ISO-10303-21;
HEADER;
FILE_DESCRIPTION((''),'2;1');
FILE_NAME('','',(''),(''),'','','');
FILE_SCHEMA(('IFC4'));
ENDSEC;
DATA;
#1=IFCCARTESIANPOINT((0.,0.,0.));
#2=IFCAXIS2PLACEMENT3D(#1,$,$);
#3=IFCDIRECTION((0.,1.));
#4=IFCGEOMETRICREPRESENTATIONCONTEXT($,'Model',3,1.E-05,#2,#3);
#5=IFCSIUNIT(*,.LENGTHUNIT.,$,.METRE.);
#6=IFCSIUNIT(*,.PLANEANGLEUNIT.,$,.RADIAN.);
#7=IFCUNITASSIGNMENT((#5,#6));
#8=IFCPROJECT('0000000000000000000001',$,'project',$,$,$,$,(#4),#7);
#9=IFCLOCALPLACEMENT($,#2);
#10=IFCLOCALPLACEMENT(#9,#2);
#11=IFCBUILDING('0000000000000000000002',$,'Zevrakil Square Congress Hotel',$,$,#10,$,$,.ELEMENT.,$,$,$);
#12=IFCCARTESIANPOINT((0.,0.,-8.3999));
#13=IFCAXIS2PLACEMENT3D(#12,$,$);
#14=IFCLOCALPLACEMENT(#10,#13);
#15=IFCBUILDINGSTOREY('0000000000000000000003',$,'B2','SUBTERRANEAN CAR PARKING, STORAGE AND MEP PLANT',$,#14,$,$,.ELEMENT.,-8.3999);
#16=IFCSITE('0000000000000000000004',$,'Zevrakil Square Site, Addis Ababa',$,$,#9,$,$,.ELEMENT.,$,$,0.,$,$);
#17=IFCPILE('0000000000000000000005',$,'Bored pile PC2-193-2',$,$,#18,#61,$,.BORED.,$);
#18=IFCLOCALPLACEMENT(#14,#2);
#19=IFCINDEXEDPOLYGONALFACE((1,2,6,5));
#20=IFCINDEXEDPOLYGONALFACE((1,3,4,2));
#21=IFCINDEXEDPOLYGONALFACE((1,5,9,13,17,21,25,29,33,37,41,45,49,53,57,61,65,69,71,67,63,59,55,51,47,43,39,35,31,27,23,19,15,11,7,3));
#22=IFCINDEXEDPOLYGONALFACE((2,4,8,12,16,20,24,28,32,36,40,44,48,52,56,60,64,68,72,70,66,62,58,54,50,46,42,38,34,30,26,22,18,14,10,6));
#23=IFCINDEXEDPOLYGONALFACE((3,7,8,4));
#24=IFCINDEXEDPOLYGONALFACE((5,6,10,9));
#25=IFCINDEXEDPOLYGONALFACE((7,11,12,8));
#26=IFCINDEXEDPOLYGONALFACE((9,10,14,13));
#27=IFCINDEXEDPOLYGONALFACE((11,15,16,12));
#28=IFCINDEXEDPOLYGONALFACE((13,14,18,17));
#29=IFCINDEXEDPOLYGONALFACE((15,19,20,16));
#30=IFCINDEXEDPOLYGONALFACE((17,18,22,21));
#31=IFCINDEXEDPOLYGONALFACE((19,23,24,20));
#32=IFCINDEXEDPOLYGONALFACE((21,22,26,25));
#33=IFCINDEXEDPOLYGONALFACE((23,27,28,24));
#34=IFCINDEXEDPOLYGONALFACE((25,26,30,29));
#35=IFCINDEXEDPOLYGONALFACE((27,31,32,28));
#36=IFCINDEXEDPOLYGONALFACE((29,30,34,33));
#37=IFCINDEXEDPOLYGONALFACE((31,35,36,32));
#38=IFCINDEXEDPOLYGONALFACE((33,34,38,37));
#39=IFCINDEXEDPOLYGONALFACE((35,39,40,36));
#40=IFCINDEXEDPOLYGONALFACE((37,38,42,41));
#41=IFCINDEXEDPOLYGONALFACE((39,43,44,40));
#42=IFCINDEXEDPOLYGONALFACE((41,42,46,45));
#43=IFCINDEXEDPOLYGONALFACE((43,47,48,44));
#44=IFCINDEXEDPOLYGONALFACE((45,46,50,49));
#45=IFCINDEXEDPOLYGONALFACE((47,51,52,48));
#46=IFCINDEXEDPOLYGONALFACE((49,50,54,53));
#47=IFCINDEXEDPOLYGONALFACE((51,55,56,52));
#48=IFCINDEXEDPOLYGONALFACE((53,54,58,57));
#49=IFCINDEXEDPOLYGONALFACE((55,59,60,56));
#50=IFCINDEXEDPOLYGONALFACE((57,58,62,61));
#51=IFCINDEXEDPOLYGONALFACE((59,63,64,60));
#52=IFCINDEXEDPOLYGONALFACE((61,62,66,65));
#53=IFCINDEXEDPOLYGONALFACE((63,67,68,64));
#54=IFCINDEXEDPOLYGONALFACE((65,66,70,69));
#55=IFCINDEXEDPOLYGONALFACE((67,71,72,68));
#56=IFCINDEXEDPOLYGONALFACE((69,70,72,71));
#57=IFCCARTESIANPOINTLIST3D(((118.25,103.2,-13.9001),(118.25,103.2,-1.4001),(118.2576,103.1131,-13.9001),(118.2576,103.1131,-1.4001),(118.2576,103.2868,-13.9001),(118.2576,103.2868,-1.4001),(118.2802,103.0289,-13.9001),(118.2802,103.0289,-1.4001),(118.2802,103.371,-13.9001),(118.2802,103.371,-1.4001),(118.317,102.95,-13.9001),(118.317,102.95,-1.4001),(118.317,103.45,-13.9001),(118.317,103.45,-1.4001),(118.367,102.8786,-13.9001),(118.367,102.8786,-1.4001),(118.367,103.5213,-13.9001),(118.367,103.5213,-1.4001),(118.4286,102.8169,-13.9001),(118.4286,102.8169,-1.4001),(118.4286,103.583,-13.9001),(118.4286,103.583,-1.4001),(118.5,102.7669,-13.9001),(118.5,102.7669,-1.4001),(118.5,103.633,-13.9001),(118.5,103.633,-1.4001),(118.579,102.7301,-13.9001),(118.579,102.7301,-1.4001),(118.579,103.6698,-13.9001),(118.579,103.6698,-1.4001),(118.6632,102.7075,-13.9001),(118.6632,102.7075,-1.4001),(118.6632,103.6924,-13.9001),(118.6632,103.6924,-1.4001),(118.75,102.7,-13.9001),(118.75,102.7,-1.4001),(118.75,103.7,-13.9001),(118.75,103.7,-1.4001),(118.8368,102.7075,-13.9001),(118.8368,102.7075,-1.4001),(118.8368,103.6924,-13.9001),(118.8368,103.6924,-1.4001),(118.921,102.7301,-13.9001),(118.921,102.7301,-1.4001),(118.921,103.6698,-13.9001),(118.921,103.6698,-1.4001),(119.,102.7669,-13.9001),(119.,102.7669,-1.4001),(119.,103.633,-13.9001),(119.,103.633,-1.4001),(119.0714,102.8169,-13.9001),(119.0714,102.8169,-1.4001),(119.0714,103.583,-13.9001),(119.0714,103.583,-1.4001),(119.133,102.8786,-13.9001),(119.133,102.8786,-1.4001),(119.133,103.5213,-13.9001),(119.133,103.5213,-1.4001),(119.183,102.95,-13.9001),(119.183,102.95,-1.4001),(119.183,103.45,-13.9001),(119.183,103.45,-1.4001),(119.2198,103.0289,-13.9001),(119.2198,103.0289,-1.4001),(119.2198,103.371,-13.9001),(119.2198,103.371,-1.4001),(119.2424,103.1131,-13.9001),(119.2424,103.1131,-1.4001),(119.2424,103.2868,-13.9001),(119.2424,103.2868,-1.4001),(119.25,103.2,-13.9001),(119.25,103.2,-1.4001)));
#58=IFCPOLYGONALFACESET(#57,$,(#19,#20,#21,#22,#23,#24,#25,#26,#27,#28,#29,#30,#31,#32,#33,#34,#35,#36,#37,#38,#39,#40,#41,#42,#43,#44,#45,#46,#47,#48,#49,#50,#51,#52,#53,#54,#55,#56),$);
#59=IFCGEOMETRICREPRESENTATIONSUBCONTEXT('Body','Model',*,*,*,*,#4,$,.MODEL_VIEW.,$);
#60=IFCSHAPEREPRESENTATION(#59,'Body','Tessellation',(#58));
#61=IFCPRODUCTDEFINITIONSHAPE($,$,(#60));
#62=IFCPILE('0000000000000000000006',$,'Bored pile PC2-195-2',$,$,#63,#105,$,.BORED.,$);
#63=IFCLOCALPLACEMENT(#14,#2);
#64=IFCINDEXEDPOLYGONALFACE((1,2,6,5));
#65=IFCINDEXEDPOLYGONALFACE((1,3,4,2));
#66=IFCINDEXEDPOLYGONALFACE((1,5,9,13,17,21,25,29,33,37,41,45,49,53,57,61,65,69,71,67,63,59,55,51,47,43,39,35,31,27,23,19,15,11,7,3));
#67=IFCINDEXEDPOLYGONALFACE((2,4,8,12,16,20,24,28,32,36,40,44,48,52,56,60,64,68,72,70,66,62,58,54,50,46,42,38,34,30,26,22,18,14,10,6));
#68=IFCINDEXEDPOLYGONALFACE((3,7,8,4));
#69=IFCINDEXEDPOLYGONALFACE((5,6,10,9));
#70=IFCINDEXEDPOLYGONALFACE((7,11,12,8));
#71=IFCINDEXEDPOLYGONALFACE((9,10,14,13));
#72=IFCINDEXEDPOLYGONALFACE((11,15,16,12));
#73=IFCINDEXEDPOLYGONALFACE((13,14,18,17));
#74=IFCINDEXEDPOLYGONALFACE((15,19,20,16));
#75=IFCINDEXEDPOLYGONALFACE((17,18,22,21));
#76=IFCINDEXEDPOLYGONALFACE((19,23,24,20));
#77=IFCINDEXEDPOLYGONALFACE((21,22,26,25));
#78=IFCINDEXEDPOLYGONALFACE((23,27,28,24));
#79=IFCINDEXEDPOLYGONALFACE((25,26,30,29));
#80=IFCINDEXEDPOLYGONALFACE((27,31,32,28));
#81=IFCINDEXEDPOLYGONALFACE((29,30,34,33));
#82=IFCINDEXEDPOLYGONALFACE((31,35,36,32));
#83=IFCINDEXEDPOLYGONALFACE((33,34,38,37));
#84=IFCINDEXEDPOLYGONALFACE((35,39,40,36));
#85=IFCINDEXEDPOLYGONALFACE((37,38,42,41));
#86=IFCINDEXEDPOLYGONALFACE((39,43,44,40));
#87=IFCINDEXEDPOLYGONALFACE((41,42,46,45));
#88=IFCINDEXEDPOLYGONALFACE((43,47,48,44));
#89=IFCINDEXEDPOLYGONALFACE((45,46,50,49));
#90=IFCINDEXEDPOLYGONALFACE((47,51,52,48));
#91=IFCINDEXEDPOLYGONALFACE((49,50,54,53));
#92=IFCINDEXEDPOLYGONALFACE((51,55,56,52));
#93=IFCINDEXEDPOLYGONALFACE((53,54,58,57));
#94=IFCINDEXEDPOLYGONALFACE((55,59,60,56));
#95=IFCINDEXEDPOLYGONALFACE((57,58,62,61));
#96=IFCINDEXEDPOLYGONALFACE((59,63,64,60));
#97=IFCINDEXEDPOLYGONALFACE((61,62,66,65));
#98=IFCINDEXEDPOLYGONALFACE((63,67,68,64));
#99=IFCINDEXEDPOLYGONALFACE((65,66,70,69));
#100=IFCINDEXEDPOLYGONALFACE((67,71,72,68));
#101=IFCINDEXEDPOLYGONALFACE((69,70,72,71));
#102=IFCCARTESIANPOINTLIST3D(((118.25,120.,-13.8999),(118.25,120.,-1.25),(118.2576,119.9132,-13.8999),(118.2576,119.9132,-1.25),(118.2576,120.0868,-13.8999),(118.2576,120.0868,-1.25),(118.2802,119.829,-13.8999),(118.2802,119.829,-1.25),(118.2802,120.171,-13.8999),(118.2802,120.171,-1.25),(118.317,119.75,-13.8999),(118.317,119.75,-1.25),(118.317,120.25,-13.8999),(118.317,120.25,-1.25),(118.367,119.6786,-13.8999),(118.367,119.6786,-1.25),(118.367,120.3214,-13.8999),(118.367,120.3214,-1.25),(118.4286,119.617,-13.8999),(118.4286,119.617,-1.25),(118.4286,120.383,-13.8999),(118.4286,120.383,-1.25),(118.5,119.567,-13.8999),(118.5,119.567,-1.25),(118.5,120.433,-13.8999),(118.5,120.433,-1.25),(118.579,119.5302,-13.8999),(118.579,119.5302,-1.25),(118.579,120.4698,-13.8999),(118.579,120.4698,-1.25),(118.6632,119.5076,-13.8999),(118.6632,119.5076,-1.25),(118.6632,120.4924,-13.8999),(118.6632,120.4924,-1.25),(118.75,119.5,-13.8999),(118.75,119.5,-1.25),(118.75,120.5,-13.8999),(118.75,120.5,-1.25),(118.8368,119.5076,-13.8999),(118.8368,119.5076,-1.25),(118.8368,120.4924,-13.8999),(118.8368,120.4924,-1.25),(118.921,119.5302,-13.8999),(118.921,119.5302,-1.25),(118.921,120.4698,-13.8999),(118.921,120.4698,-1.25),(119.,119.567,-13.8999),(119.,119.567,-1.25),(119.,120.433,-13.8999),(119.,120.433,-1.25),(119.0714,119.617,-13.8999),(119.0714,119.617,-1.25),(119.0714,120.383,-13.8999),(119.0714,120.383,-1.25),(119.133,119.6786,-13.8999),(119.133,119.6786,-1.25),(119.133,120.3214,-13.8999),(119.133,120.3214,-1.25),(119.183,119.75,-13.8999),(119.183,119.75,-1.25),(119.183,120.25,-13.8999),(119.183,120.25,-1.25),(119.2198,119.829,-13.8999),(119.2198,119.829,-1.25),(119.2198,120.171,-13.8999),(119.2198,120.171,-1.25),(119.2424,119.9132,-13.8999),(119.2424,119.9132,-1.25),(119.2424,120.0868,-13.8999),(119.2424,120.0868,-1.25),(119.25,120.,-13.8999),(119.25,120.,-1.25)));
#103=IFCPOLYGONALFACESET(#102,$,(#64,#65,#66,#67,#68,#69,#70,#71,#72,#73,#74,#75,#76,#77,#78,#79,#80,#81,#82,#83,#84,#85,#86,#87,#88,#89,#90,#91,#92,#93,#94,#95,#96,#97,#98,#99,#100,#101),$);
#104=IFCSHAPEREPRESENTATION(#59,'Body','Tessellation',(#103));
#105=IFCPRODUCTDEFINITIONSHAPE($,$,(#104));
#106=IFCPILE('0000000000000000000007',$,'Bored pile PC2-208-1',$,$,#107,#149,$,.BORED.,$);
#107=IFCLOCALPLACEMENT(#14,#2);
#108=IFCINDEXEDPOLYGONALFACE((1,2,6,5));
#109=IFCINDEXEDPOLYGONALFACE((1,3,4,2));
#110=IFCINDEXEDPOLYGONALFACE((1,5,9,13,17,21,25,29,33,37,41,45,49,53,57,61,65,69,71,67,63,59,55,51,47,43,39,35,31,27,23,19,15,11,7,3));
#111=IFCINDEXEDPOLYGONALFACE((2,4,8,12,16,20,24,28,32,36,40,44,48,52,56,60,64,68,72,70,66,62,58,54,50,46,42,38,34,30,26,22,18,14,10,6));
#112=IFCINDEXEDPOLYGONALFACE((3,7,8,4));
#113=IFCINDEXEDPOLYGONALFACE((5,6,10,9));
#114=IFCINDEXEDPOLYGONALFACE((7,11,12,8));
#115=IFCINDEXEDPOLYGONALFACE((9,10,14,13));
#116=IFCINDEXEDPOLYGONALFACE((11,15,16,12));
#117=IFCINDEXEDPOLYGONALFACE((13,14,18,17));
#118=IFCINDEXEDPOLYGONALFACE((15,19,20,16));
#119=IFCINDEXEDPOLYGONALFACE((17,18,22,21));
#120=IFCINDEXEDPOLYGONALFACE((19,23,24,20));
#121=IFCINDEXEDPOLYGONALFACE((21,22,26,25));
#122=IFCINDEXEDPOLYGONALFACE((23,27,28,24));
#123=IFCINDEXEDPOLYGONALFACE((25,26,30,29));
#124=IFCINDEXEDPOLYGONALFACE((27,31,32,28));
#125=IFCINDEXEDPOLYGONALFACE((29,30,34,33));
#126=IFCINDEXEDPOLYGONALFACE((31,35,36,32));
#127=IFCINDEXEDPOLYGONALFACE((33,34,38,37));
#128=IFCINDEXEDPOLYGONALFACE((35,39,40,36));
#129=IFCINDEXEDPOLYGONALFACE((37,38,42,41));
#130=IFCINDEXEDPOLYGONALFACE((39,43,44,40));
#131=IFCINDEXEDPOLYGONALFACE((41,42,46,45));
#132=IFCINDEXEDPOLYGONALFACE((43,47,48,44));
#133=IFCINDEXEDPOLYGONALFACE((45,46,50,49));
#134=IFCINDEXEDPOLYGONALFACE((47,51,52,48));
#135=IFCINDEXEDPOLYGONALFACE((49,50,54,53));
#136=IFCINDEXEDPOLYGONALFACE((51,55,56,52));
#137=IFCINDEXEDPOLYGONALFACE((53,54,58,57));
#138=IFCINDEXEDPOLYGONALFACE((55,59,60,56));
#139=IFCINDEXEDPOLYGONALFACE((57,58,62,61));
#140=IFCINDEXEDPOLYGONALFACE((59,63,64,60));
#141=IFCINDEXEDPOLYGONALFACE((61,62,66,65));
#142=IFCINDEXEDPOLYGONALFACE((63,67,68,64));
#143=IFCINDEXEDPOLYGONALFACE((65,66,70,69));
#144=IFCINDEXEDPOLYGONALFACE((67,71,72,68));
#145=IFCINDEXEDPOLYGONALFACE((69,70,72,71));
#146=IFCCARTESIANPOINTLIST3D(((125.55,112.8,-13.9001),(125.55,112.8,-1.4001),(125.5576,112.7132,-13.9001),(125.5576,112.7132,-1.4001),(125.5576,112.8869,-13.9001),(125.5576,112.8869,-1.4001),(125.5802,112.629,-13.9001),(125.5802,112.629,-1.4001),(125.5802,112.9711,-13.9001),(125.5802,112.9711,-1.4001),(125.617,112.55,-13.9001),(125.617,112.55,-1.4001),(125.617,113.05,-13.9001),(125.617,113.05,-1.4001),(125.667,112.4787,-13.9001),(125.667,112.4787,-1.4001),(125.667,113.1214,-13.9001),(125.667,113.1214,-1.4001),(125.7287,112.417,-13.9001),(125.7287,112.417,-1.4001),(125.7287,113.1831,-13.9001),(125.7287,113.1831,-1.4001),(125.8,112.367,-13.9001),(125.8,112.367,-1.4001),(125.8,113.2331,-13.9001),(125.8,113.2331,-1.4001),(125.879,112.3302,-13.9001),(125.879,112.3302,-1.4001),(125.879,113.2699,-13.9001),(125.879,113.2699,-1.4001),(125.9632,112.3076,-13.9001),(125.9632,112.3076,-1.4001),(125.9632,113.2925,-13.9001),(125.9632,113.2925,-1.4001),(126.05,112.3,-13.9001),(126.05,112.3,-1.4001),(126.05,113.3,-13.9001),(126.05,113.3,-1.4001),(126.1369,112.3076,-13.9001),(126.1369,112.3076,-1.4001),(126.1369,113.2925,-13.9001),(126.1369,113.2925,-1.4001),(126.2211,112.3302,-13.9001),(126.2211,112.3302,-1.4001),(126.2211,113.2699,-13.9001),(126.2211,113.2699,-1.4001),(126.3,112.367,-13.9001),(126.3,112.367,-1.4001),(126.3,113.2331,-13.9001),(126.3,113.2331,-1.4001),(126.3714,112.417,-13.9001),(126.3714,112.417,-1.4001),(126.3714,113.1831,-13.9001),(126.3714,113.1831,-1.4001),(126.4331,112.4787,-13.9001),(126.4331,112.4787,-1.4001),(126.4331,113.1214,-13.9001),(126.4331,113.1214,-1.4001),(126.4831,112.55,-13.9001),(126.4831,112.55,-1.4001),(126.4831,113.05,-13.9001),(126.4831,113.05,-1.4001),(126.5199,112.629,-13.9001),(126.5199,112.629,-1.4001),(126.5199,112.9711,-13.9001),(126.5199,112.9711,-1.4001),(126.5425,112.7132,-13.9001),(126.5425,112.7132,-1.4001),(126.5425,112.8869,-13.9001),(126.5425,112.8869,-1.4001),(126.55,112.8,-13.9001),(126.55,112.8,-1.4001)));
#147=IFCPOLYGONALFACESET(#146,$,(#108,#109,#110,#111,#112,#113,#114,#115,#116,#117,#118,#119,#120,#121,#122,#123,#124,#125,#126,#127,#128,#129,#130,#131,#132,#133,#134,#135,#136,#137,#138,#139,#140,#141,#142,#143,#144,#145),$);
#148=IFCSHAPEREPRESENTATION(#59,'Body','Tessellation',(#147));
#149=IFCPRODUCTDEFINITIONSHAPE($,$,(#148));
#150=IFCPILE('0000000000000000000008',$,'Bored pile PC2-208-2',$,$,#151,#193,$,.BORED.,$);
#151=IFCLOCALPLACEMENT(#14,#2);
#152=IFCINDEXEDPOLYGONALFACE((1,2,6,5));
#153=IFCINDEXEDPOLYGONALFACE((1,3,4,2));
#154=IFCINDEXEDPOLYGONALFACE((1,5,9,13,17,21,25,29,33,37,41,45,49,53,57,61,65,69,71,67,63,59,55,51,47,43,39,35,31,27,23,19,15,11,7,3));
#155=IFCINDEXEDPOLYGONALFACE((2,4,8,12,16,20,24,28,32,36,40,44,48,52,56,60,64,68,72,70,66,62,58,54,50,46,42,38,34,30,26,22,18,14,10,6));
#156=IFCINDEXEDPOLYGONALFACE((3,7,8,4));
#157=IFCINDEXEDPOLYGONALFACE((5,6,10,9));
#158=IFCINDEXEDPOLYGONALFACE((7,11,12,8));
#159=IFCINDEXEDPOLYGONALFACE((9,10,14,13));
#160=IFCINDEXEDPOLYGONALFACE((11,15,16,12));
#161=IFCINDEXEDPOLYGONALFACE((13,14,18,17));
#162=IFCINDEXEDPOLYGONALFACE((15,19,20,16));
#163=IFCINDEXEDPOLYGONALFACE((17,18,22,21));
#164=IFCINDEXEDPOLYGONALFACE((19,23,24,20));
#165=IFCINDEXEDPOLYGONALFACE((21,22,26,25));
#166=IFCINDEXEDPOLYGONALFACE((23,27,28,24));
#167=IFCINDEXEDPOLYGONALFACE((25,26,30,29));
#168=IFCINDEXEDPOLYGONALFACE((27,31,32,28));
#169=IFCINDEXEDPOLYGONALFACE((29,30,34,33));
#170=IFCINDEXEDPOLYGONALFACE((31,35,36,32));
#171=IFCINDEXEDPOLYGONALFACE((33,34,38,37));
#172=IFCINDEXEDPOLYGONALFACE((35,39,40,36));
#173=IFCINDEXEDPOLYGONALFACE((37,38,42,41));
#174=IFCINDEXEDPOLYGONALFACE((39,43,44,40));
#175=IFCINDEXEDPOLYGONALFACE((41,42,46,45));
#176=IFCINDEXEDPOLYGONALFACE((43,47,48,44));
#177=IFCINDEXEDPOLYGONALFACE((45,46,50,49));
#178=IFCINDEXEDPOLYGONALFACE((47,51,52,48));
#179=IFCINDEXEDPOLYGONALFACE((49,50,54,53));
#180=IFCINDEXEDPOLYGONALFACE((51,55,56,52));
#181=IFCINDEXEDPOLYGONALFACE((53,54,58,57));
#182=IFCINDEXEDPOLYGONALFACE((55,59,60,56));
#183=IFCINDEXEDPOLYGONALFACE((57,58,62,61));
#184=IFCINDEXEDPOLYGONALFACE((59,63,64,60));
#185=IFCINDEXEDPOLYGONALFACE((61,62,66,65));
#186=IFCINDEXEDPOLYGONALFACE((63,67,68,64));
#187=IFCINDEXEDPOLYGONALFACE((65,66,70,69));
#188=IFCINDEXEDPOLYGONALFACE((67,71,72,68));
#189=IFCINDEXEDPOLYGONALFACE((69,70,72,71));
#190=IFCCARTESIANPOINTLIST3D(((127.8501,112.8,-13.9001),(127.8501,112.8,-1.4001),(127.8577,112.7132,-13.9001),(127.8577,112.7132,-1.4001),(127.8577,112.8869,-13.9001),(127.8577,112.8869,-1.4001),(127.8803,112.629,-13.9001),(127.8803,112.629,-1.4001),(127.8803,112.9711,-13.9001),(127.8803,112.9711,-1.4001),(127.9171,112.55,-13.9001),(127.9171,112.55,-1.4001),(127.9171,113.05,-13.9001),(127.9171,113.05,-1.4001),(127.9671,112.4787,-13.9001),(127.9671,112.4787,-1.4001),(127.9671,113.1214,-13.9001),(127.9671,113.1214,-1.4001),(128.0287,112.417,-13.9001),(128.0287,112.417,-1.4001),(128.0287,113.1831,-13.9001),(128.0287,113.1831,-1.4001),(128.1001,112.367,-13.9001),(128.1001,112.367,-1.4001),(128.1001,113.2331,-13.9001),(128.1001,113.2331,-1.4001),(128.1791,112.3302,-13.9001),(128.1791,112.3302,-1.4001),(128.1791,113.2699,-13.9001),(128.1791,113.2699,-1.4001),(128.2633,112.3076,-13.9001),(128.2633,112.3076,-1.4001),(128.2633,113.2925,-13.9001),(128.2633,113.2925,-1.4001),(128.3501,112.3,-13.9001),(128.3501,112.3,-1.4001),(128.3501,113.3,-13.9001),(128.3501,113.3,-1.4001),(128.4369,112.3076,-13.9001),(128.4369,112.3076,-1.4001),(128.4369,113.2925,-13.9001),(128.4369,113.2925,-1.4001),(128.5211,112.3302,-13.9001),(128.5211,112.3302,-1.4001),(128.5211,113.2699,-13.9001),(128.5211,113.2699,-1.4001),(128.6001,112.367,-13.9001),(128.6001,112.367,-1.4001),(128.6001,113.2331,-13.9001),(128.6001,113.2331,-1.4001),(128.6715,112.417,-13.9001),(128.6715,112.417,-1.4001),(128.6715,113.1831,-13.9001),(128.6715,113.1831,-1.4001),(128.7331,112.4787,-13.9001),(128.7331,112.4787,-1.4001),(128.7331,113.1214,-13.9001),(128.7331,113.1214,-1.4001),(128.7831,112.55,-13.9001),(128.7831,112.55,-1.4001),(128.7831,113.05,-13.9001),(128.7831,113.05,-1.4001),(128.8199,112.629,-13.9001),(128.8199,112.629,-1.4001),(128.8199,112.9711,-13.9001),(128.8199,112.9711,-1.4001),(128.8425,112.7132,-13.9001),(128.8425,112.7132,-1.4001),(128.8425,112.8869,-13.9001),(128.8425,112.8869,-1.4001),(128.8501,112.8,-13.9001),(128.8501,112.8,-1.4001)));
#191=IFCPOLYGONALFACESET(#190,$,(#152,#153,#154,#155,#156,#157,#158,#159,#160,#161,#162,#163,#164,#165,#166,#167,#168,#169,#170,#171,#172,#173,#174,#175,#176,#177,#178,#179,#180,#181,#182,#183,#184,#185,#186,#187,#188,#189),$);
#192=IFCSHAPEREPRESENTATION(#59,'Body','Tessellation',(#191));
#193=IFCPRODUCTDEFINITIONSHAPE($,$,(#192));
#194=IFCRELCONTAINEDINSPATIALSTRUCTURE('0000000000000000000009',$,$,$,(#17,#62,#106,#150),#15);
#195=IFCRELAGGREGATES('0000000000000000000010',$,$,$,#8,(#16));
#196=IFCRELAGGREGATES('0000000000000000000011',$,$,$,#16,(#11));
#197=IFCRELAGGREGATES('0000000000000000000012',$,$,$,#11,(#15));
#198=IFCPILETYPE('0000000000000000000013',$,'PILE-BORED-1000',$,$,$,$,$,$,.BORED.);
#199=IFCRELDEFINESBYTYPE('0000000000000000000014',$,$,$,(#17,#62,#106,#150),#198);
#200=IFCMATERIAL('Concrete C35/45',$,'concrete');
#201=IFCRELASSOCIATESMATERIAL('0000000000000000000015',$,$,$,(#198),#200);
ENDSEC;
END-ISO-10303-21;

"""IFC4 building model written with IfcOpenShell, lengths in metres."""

from ifc_helpers import new_model, si_unit, direction, frame, origin, origin_2d, place, context, subcontext, project, spatial, circle, extrude, material, material_profile, profile_set, type_object, element, save


model = new_model("IFC4")

# Units and contexts
model_context = context("Model", 3, precision=1e-05, world=origin(), true_north=direction((0.0, 1.0)))
body_context = subcontext(model_context, "Body", "Model", "MODEL_VIEW")
ifc_project = project(units=[si_unit("LENGTHUNIT", "METRE"), si_unit("PLANEANGLEUNIT", "RADIAN")], contexts=[model_context])

# Site, building, storey
site_placement = place(None, origin())
site = spatial("IfcSite", under=ifc_project, at=site_placement, Name="Zevrakil Square Site, Addis Ababa", CompositionType="ELEMENT", RefElevation=0.0)
building_placement = place(site_placement, origin())
building = spatial("IfcBuilding", under=site, at=building_placement, Name="Zevrakil Square Congress Hotel", CompositionType="ELEMENT")
storey_placement = place(building_placement, frame((0.0, 0.0, -8.3999)))
storey = spatial("IfcBuildingStorey", under=building, at=storey_placement, Name="B2", Description="SUBTERRANEAN CAR PARKING, STORAGE AND MEP PLANT", CompositionType="ELEMENT", Elevation=-8.3999)

# Piles
ifc_material_1 = material(Name="Concrete C35/45", Category="concrete")
ifc_material_profile_1 = material_profile(ifc_material_1, circle(Radius=0.5, at=origin_2d()), Name="PILE D1000")
ifc_profile_set_1 = profile_set([ifc_material_profile_1], Name="Concrete C35/45")
pile_type_1 = type_object("IfcPileType", Name="PILE-BORED-1000", PredefinedType="BORED", material=ifc_profile_set_1)
pile_1_placement = place(storey_placement, frame((118.75, 103.2, -1.4001), z_axis=(0.0, 0.0, -1.0), x_axis=(1.0, 0.0, 0.0)))
element("IfcPile", 1, at=pile_1_placement, inside=storey, type_object=pile_type_1, Name="Bored pile PC2-193-2", PredefinedType="BORED", context=body_context, shape_type="SweptSolid", body=[
    extrude(circle(Radius=0.5, at=origin_2d()), origin(), (0.0, 0.0, 1.0), 12.5),
])
pile_2_placement = place(storey_placement, frame((118.75, 120.0, -1.25), z_axis=(0.0, 0.0, -1.0), x_axis=(1.0, 0.0, 0.0)))
element("IfcPile", 2, at=pile_2_placement, inside=storey, type_object=pile_type_1, Name="Bored pile PC2-195-2", PredefinedType="BORED", context=body_context, shape_type="SweptSolid", body=[
    extrude(circle(Radius=0.5, at=origin_2d()), origin(), (0.0, 0.0, 1.0), 12.6499),
])
for number, where, z_axis, x_axis, name in (
    (3, (126.05, 112.8, -1.4001), (0.0, 0.0, -1.0), (1.0, 0.0, 0.0), "Bored pile PC2-208-1"),
    (4, (128.3501, 112.8, -1.4001), (0.0, 0.0, -1.0), (1.0, 0.0, 0.0), "Bored pile PC2-208-2"),
):
    element("IfcPile", number, at=place(storey_placement, frame(where, z_axis=z_axis, x_axis=x_axis)), inside=storey, type_object=pile_type_1, Name=name, PredefinedType="BORED", context=body_context, shape_type="SweptSolid", body=[
        extrude(circle(Radius=0.5, at=origin_2d()), origin(), (0.0, 0.0, 1.0), 12.5),
    ])

save(model, "model.ifc")
